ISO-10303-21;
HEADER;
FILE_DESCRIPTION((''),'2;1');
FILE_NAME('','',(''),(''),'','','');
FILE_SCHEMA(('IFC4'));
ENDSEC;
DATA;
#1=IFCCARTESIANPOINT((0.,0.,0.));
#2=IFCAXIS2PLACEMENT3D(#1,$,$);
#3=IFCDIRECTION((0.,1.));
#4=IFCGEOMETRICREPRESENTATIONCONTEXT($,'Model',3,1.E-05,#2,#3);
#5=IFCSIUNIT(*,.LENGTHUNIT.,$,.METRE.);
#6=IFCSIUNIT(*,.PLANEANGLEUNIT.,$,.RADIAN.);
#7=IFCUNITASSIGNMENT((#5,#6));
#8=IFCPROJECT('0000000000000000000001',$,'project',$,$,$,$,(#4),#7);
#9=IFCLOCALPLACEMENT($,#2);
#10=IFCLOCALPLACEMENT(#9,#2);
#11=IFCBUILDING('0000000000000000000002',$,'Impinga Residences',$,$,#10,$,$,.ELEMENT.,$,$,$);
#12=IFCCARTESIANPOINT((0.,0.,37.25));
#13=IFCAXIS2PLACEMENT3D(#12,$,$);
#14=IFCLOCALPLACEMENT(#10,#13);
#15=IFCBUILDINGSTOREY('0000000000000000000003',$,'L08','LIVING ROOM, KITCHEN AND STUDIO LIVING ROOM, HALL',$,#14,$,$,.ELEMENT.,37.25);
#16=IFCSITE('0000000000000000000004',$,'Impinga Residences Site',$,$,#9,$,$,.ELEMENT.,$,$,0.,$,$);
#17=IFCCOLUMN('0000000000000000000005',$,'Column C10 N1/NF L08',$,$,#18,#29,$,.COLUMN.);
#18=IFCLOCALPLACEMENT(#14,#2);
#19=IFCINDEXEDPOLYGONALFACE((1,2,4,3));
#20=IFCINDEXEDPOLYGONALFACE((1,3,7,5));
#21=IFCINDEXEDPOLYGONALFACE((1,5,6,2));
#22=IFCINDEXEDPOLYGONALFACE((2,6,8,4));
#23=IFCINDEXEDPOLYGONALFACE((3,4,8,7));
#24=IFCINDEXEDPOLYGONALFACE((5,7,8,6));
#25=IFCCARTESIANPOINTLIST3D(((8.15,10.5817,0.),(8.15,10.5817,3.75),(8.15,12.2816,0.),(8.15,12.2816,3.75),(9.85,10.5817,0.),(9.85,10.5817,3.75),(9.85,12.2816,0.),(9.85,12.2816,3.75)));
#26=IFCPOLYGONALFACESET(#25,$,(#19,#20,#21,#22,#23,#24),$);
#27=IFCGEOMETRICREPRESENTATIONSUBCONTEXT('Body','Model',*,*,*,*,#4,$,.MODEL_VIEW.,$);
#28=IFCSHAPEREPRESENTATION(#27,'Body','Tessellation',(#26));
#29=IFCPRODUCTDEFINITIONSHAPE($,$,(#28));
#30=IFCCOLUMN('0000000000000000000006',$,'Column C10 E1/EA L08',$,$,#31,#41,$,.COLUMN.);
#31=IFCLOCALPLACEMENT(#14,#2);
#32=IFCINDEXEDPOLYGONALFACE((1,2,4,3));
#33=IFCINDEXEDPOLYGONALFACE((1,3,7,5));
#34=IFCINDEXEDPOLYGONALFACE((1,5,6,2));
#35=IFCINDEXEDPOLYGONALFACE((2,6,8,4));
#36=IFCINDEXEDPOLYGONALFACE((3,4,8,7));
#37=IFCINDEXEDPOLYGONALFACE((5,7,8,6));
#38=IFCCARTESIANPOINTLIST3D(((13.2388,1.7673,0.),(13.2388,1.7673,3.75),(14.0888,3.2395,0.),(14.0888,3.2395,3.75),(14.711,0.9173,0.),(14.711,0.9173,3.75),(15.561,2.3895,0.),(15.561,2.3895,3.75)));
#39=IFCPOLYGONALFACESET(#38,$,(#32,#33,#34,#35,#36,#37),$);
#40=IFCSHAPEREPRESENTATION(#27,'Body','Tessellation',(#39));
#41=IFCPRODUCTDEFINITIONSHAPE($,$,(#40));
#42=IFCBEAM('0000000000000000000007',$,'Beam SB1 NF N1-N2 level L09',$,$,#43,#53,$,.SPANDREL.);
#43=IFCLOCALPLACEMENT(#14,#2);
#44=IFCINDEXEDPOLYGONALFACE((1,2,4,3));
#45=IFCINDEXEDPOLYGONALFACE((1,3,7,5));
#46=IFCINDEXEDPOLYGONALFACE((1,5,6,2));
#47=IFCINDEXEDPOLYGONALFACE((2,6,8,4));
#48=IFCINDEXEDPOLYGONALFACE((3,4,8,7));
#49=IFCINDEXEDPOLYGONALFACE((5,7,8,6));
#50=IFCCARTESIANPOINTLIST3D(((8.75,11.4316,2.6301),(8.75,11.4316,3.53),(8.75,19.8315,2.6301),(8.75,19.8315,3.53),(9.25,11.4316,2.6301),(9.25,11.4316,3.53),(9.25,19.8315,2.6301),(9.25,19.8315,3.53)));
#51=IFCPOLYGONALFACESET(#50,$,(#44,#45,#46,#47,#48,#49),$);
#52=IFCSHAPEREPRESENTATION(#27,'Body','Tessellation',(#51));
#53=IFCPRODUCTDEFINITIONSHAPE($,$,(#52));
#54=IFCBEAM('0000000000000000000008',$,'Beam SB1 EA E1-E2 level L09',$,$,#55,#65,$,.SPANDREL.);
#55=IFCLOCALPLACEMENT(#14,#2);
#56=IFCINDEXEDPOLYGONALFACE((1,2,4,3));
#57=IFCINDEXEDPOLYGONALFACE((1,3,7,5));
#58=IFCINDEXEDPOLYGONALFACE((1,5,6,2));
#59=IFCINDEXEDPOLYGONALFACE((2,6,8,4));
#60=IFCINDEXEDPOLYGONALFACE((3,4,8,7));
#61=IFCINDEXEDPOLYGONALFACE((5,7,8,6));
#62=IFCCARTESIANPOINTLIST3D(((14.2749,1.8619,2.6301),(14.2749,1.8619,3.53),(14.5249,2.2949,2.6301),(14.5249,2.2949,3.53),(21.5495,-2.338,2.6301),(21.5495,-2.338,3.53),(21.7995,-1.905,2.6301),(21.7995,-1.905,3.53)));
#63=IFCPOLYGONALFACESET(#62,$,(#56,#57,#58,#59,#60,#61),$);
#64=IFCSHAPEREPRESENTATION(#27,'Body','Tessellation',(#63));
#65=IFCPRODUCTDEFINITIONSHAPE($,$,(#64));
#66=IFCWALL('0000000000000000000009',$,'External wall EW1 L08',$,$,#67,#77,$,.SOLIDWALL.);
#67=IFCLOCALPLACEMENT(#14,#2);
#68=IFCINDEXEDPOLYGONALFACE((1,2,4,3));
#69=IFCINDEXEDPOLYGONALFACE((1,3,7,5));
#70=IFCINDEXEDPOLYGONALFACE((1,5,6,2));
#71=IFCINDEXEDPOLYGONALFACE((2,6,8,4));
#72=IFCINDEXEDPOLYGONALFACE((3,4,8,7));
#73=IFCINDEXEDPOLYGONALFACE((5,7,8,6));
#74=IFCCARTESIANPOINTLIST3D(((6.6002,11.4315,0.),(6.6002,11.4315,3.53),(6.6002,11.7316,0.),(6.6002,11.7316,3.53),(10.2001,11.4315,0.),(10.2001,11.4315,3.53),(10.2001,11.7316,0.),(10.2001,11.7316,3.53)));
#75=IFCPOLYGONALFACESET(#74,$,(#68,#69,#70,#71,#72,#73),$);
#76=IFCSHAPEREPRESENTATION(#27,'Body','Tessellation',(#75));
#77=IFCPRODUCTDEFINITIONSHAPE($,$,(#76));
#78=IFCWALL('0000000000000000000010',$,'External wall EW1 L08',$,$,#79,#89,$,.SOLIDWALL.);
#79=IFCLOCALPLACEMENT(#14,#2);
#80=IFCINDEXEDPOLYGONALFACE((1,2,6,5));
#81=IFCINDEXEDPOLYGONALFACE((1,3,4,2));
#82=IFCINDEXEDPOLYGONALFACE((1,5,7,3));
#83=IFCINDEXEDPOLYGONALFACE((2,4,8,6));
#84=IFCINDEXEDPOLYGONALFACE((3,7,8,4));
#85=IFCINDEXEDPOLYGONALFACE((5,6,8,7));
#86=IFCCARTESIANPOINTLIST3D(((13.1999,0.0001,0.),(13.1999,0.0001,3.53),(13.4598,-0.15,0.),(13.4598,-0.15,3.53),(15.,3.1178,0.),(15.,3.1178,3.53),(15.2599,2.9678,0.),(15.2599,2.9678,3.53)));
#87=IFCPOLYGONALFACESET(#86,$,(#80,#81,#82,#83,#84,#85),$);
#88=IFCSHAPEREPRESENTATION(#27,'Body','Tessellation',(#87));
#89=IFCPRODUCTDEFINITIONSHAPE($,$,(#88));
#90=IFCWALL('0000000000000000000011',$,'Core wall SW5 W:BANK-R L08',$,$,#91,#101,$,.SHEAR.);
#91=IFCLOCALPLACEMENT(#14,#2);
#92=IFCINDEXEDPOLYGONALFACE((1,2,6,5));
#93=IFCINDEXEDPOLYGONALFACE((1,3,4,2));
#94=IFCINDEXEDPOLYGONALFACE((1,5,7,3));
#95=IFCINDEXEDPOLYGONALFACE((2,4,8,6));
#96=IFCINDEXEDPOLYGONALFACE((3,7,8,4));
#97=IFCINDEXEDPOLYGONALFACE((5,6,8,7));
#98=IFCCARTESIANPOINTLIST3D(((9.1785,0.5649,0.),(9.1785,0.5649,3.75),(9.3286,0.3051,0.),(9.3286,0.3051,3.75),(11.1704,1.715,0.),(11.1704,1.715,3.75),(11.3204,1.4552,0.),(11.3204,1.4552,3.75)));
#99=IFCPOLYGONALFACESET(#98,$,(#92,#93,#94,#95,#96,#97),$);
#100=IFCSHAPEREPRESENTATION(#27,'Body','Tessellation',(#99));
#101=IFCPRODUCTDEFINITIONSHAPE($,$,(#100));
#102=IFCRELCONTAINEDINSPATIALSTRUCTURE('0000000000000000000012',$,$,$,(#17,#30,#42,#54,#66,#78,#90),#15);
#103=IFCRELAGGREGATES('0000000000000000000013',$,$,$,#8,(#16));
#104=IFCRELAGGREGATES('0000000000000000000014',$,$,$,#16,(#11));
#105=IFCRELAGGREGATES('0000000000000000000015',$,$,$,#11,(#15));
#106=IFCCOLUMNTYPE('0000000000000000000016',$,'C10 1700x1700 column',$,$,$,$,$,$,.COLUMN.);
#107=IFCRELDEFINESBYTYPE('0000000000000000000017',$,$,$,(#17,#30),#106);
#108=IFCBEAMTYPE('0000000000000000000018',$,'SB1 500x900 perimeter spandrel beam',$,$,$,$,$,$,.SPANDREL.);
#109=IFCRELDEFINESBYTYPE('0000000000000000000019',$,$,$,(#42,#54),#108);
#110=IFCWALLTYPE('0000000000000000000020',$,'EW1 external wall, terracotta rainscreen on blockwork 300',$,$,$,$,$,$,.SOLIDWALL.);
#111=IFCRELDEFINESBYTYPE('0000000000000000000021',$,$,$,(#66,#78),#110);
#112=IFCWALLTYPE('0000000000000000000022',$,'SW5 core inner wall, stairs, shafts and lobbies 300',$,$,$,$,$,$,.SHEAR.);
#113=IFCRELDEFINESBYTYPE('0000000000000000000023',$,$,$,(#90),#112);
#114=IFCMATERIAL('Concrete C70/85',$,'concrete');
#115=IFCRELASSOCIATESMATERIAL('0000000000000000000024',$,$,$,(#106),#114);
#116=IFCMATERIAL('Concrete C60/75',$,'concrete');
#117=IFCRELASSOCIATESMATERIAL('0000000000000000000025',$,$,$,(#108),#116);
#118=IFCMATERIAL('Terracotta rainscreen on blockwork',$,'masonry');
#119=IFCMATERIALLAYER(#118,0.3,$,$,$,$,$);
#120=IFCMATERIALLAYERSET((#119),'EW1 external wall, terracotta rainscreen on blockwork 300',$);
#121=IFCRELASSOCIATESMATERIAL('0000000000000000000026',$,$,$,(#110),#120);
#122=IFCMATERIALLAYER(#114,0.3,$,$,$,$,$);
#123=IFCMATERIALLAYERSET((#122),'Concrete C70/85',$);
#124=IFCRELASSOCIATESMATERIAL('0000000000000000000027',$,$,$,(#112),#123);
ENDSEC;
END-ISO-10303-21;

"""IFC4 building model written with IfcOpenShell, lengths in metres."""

from ifc_helpers import new_model, si_unit, direction, frame, frame_2d, origin, origin_2d, place, context, subcontext, project, spatial, rectangle, extrude, material, layer, layer_set, material_profile, profile_set, type_object, element, save


model = new_model("IFC4")

# Units and contexts
model_context = context("Model", 3, precision=1e-05, world=origin(), true_north=direction((0.0, 1.0)))
body_context = subcontext(model_context, "Body", "Model", "MODEL_VIEW")
ifc_project = project(units=[si_unit("LENGTHUNIT", "METRE"), si_unit("PLANEANGLEUNIT", "RADIAN")], contexts=[model_context])

# Site, building, storey
site_placement = place(None, origin())
site = spatial("IfcSite", under=ifc_project, at=site_placement, Name="Impinga Residences Site", CompositionType="ELEMENT", RefElevation=0.0)
building_placement = place(site_placement, origin())
building = spatial("IfcBuilding", under=site, at=building_placement, Name="Impinga Residences", CompositionType="ELEMENT")
storey_placement = place(building_placement, frame((0.0, 0.0, 37.25)))
storey = spatial("IfcBuildingStorey", under=building, at=storey_placement, Name="L08", Description="LIVING ROOM, KITCHEN AND STUDIO LIVING ROOM, HALL", CompositionType="ELEMENT", Elevation=37.25)

# Columns
ifc_material_1 = material(Name="Concrete C70/85", Category="concrete")
ifc_material_profile_1 = material_profile(ifc_material_1, rectangle(XDim=1.7, YDim=1.7, at=origin_2d()), Name="RC 1700x1700")
ifc_profile_set_1 = profile_set([ifc_material_profile_1], Name="Concrete C70/85")
column_type = type_object("IfcColumnType", Name="C10 1700x1700 column", PredefinedType="COLUMN", material=ifc_profile_set_1)
for number, where, z_axis, x_axis, name in (
    (1, (9.0, 11.4316, 0.0), (0.0, 0.0, 1.0), (1.0, 0.0, 0.0), "Column C10 N1/NF L08"),
    (2, (14.3999, 2.0784, 0.0), (0.0, 0.0, 1.0), (-0.5, -0.866025, 0.0), "Column C10 E1/EA L08"),
):
    element("IfcColumn", number, at=place(storey_placement, frame(where, z_axis=z_axis, x_axis=x_axis)), inside=storey, type_object=column_type, Name=name, PredefinedType="COLUMN", context=body_context, shape_type="SweptSolid", body=[
        extrude(rectangle(XDim=1.7, YDim=1.7, at=origin_2d()), origin(), (0.0, 0.0, 1.0), 3.75),
    ])

# Beams
ifc_material_2 = material(Name="Concrete C60/75", Category="concrete")
ifc_material_profile_2 = material_profile(ifc_material_2, rectangle(XDim=0.5, YDim=0.8999, at=origin_2d()), Name="RC 500x900")
ifc_profile_set_2 = profile_set([ifc_material_profile_2], Name="Concrete C60/75")
beam_type = type_object("IfcBeamType", Name="SB1 500x900 perimeter spandrel beam", PredefinedType="SPANDREL", material=ifc_profile_set_2)
for number, where, z_axis, x_axis, name in (
    (3, (9.0, 11.4316, 3.0801), (0.0, 1.0, 0.0), (-1.0, 0.0, 0.0), "Beam SB1 NF N1-N2 level L09"),
    (4, (14.3999, 2.0784, 3.0801), (0.866029, -0.499993, 0.0), (0.499993, 0.866029, 0.0), "Beam SB1 EA E1-E2 level L09"),
):
    element("IfcBeam", number, at=place(storey_placement, frame(where, z_axis=z_axis, x_axis=x_axis)), inside=storey, type_object=beam_type, Name=name, PredefinedType="SPANDREL", context=body_context, shape_type="SweptSolid", body=[
        extrude(rectangle(XDim=0.5, YDim=0.8999, at=origin_2d()), origin(), (0.0, 0.0, 1.0), 8.3999),
    ])

# Walls
ifc_material_3 = material(Name="Terracotta rainscreen on blockwork", Category="masonry")
ifc_layer_1 = layer(ifc_material_3, 0.3)
ifc_layer_set_1 = layer_set([ifc_layer_1], Name="EW1 external wall, terracotta rainscreen on blockwork 300")
wall_type_1 = type_object("IfcWallType", Name="EW1 external wall, terracotta rainscreen on blockwork 300", PredefinedType="SOLIDWALL", material=ifc_layer_set_1)
wall_1_placement = place(storey_placement, frame((10.2, 11.5815, 0.0), z_axis=(0.0, 0.0, 1.0), x_axis=(-1.0, 0.0, 0.0)))
element("IfcWall", 5, at=wall_1_placement, inside=storey, type_object=wall_type_1, Name="External wall EW1 L08", PredefinedType="SOLIDWALL", context=body_context, shape_type="SweptSolid", body=[
    extrude(rectangle(XDim=3.5999, YDim=0.3, at=frame_2d((1.7998, 0.0))), origin(), (0.0, 0.0, 1.0), 3.53),
])
wall_2_placement = place(storey_placement, frame((13.3298, -0.075, 0.0), z_axis=(0.0, 0.0, 1.0), x_axis=(0.500012, 0.866018, 0.0)))
element("IfcWall", 6, at=wall_2_placement, inside=storey, type_object=wall_type_1, Name="External wall EW1 L08", PredefinedType="SOLIDWALL", context=body_context, shape_type="SweptSolid", body=[
    extrude(rectangle(XDim=3.6001, YDim=0.3, at=frame_2d((1.8, 0.0))), origin(), (0.0, 0.0, 1.0), 3.53),
])
ifc_layer_2 = layer(ifc_material_1, 0.3)
ifc_layer_set_2 = layer_set([ifc_layer_2], Name="Concrete C70/85")
wall_type_2 = type_object("IfcWallType", Name="SW5 core inner wall, stairs, shafts and lobbies 300", PredefinedType="SHEAR", material=ifc_layer_set_2)
wall_3_placement = place(storey_placement, frame((9.2537, 0.4351, 0.0), z_axis=(0.0, 0.0, 1.0), x_axis=(0.866007, 0.500032, 0.0)))
element("IfcWall", 7, at=wall_3_placement, inside=storey, type_object=wall_type_2, Name="Core wall SW5 W:BANK-R L08", PredefinedType="SHEAR", context=body_context, shape_type="SweptSolid", body=[
    extrude(rectangle(XDim=2.3, YDim=0.3, at=frame_2d((1.1499, 0.0))), origin(), (0.0, 0.0, 1.0), 3.75),
])

save(model, "model.ifc")
